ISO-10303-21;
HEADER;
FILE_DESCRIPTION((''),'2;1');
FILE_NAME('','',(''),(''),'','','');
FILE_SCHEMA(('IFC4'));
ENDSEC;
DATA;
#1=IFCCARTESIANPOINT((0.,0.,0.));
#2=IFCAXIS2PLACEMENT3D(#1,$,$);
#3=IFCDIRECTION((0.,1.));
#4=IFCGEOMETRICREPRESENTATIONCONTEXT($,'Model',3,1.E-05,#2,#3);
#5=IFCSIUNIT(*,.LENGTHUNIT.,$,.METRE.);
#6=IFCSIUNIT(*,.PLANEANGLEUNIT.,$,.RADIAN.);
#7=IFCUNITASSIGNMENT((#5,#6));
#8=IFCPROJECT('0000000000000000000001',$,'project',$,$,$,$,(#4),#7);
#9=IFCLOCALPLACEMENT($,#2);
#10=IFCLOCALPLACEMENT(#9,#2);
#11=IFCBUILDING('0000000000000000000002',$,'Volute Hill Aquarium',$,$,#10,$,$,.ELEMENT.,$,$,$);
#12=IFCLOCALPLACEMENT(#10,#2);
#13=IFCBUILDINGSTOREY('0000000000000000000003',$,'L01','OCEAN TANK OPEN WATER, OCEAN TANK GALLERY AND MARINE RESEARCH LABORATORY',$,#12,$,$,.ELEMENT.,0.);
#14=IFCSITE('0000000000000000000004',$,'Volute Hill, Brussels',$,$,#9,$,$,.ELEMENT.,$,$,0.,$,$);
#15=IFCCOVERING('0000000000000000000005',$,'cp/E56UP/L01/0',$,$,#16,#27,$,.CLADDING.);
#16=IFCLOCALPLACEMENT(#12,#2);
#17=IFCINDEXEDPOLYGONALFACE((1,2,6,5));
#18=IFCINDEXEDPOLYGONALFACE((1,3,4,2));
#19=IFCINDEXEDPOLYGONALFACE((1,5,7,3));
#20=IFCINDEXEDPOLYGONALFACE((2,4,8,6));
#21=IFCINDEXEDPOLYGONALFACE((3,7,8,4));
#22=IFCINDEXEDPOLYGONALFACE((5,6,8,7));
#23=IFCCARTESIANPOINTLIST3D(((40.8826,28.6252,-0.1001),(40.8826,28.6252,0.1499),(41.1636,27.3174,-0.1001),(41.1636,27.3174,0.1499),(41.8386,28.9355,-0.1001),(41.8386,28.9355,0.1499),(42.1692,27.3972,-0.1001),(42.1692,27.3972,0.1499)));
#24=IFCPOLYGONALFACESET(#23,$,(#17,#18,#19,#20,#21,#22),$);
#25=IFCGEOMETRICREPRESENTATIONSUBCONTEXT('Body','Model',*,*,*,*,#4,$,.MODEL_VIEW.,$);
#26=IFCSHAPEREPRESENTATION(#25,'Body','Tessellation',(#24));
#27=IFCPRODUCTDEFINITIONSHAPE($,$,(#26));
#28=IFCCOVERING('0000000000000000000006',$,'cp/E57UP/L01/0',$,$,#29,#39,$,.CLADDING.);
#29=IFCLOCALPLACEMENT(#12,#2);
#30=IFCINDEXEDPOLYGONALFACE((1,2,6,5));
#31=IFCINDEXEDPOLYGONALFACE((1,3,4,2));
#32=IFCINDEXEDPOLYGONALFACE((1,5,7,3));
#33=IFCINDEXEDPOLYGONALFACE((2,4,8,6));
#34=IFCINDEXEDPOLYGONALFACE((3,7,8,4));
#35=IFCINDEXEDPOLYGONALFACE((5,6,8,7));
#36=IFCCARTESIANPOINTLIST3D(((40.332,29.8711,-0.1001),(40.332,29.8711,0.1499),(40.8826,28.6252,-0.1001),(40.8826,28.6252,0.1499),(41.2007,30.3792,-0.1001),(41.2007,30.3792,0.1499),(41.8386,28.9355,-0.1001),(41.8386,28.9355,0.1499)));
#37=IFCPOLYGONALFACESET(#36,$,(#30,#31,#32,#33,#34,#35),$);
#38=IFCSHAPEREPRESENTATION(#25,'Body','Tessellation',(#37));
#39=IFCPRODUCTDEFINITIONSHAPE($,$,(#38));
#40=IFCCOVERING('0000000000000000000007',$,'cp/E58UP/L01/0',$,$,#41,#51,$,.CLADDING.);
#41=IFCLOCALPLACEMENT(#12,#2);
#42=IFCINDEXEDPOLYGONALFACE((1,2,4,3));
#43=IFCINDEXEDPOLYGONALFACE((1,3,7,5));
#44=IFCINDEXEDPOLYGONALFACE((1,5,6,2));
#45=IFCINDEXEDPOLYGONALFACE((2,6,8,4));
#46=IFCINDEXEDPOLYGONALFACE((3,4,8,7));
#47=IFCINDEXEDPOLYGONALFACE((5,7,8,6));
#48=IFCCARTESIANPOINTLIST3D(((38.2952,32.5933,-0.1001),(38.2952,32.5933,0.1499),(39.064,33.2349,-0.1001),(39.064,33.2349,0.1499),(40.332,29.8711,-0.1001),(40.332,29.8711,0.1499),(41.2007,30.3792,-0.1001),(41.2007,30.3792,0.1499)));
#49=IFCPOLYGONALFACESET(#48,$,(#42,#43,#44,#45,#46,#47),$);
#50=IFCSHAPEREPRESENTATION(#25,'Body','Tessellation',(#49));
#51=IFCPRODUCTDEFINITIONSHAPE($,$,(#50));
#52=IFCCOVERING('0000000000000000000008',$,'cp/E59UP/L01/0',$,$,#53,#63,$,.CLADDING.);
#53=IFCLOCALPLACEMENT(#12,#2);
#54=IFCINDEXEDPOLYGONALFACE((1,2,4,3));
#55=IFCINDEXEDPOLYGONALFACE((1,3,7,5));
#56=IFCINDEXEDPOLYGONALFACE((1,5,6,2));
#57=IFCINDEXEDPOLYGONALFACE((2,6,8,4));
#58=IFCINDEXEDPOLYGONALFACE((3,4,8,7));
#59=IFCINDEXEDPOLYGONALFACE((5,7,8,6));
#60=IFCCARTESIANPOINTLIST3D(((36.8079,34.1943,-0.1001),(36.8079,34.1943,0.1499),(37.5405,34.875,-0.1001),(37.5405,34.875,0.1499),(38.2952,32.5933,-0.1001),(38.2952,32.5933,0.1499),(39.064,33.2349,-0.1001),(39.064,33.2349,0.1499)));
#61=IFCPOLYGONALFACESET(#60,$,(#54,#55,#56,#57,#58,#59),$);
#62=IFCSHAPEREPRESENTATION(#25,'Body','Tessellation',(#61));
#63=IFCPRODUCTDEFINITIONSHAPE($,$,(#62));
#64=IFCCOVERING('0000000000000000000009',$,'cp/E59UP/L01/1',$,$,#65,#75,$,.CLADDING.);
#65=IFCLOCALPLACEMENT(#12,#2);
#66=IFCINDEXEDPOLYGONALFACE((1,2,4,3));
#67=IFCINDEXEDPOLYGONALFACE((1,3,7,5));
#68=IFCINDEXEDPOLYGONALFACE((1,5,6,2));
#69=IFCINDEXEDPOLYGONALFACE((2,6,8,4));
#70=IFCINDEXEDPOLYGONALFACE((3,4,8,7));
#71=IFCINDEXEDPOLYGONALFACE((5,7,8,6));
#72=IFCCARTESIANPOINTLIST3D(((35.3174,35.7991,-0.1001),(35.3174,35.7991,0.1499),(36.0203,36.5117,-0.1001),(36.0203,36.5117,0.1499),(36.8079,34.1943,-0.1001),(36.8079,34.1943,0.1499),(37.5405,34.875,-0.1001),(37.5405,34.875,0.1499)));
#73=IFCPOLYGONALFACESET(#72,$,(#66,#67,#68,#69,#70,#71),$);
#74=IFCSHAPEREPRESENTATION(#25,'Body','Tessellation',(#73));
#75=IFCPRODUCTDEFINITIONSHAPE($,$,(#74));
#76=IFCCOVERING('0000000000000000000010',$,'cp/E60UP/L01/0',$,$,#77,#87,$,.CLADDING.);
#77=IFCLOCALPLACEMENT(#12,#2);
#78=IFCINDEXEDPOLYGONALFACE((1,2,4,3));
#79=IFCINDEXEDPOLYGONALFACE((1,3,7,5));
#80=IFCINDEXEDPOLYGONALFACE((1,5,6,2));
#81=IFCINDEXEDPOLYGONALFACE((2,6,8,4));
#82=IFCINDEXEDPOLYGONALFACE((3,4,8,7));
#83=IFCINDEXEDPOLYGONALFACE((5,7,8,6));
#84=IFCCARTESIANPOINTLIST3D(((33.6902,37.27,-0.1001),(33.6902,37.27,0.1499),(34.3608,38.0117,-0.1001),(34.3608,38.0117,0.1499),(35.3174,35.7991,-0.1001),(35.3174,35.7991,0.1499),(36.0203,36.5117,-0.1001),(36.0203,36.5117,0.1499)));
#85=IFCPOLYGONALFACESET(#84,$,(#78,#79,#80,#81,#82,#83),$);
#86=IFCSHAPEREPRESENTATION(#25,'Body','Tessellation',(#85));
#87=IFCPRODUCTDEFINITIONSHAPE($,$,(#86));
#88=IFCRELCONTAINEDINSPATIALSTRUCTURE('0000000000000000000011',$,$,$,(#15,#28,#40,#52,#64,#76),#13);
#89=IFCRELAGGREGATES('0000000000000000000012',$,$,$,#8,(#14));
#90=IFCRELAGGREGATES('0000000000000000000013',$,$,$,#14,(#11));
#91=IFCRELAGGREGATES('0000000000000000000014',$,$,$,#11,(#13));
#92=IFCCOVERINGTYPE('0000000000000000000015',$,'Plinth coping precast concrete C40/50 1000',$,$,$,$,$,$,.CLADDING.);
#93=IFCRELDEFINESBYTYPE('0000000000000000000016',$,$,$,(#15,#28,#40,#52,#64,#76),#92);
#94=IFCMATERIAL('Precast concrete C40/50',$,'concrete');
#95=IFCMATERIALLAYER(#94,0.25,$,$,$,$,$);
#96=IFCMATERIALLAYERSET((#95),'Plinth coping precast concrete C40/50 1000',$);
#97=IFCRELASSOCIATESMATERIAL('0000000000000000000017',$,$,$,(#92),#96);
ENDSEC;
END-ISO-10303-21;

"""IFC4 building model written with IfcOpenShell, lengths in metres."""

from ifc_helpers import new_model, si_unit, direction, frame, origin, place, context, subcontext, project, spatial, polyline, outline, extrude, material, layer, layer_set, type_object, element, save


model = new_model("IFC4")

# Units and contexts
model_context = context("Model", 3, precision=1e-05, world=origin(), true_north=direction((0.0, 1.0)))
body_context = subcontext(model_context, "Body", "Model", "MODEL_VIEW")
ifc_project = project(units=[si_unit("LENGTHUNIT", "METRE"), si_unit("PLANEANGLEUNIT", "RADIAN")], contexts=[model_context])

# Site, building, storey
site_placement = place(None, origin())
site = spatial("IfcSite", under=ifc_project, at=site_placement, Name="Volute Hill, Brussels", CompositionType="ELEMENT", RefElevation=0.0)
building_placement = place(site_placement, origin())
building = spatial("IfcBuilding", under=site, at=building_placement, Name="Volute Hill Aquarium", CompositionType="ELEMENT")
storey_placement = place(building_placement, origin())
storey = spatial("IfcBuildingStorey", under=building, at=storey_placement, Name="L01", Description="OCEAN TANK OPEN WATER, OCEAN TANK GALLERY AND MARINE RESEARCH LABORATORY", CompositionType="ELEMENT", Elevation=0.0)

# Coverings
ifc_material = material(Name="Precast concrete C40/50", Category="concrete")
ifc_layer = layer(ifc_material, 0.25)
ifc_layer_set = layer_set([ifc_layer], Name="Plinth coping precast concrete C40/50 1000")
covering_type = type_object("IfcCoveringType", Name="Plinth coping precast concrete C40/50 1000", PredefinedType="CLADDING", material=ifc_layer_set)
covering_1_placement = place(storey_placement, frame((0.0, 0.0, -0.1001)))
element("IfcCovering", 1, at=covering_1_placement, inside=storey, type_object=covering_type, Name="cp/E56UP/L01/0", PredefinedType="CLADDING", context=body_context, shape_type="SweptSolid", body=[
    extrude(outline(polyline([(42.1692, 27.3972), (41.8386, 28.9355), (40.8826, 28.6252), (41.1636, 27.3174), (42.1692, 27.3972)])), origin(), (0.0, 0.0, 1.0), 0.25),
])
covering_2_placement = place(storey_placement, frame((0.0, 0.0, -0.1001)))
element("IfcCovering", 2, at=covering_2_placement, inside=storey, type_object=covering_type, Name="cp/E57UP/L01/0", PredefinedType="CLADDING", context=body_context, shape_type="SweptSolid", body=[
    extrude(outline(polyline([(41.2007, 30.3792), (41.2007, 30.3792), (40.332, 29.8711), (40.332, 29.8711), (40.8826, 28.6252), (40.8826, 28.6252), (41.8386, 28.9355), (41.8386, 28.9355), (41.2007, 30.3792)])), origin(), (0.0, 0.0, 1.0), 0.25),
])
covering_3_placement = place(storey_placement, frame((0.0, 0.0, -0.1001)))
element("IfcCovering", 3, at=covering_3_placement, inside=storey, type_object=covering_type, Name="cp/E58UP/L01/0", PredefinedType="CLADDING", context=body_context, shape_type="SweptSolid", body=[
    extrude(outline(polyline([(41.2007, 30.3792), (39.064, 33.2349), (38.2952, 32.5933), (40.332, 29.8711), (41.2007, 30.3792)])), origin(), (0.0, 0.0, 1.0), 0.25),
])
covering_4_placement = place(storey_placement, frame((0.0, 0.0, -0.1001)))
element("IfcCovering", 4, at=covering_4_placement, inside=storey, type_object=covering_type, Name="cp/E59UP/L01/0", PredefinedType="CLADDING", context=body_context, shape_type="SweptSolid", body=[
    extrude(outline(polyline([(39.064, 33.2349), (37.5405, 34.875), (36.8079, 34.1943), (38.2952, 32.5933), (39.064, 33.2349)])), origin(), (0.0, 0.0, 1.0), 0.25),
])
covering_5_placement = place(storey_placement, frame((0.0, 0.0, -0.1001)))
element("IfcCovering", 5, at=covering_5_placement, inside=storey, type_object=covering_type, Name="cp/E59UP/L01/1", PredefinedType="CLADDING", context=body_context, shape_type="SweptSolid", body=[
    extrude(outline(polyline([(37.5405, 34.875), (36.0203, 36.5117), (35.3174, 35.7991), (36.8079, 34.1943), (37.5405, 34.875)])), origin(), (0.0, 0.0, 1.0), 0.25),
])
covering_6_placement = place(storey_placement, frame((0.0, 0.0, -0.1001)))
element("IfcCovering", 6, at=covering_6_placement, inside=storey, type_object=covering_type, Name="cp/E60UP/L01/0", PredefinedType="CLADDING", context=body_context, shape_type="SweptSolid", body=[
    extrude(outline(polyline([(36.0203, 36.5117), (34.3608, 38.0117), (33.6902, 37.27), (35.3174, 35.7991), (35.3174, 35.7991), (36.0203, 36.5117), (36.0203, 36.5117)])), origin(), (0.0, 0.0, 1.0), 0.25),
])

save(model, "model.ifc")
